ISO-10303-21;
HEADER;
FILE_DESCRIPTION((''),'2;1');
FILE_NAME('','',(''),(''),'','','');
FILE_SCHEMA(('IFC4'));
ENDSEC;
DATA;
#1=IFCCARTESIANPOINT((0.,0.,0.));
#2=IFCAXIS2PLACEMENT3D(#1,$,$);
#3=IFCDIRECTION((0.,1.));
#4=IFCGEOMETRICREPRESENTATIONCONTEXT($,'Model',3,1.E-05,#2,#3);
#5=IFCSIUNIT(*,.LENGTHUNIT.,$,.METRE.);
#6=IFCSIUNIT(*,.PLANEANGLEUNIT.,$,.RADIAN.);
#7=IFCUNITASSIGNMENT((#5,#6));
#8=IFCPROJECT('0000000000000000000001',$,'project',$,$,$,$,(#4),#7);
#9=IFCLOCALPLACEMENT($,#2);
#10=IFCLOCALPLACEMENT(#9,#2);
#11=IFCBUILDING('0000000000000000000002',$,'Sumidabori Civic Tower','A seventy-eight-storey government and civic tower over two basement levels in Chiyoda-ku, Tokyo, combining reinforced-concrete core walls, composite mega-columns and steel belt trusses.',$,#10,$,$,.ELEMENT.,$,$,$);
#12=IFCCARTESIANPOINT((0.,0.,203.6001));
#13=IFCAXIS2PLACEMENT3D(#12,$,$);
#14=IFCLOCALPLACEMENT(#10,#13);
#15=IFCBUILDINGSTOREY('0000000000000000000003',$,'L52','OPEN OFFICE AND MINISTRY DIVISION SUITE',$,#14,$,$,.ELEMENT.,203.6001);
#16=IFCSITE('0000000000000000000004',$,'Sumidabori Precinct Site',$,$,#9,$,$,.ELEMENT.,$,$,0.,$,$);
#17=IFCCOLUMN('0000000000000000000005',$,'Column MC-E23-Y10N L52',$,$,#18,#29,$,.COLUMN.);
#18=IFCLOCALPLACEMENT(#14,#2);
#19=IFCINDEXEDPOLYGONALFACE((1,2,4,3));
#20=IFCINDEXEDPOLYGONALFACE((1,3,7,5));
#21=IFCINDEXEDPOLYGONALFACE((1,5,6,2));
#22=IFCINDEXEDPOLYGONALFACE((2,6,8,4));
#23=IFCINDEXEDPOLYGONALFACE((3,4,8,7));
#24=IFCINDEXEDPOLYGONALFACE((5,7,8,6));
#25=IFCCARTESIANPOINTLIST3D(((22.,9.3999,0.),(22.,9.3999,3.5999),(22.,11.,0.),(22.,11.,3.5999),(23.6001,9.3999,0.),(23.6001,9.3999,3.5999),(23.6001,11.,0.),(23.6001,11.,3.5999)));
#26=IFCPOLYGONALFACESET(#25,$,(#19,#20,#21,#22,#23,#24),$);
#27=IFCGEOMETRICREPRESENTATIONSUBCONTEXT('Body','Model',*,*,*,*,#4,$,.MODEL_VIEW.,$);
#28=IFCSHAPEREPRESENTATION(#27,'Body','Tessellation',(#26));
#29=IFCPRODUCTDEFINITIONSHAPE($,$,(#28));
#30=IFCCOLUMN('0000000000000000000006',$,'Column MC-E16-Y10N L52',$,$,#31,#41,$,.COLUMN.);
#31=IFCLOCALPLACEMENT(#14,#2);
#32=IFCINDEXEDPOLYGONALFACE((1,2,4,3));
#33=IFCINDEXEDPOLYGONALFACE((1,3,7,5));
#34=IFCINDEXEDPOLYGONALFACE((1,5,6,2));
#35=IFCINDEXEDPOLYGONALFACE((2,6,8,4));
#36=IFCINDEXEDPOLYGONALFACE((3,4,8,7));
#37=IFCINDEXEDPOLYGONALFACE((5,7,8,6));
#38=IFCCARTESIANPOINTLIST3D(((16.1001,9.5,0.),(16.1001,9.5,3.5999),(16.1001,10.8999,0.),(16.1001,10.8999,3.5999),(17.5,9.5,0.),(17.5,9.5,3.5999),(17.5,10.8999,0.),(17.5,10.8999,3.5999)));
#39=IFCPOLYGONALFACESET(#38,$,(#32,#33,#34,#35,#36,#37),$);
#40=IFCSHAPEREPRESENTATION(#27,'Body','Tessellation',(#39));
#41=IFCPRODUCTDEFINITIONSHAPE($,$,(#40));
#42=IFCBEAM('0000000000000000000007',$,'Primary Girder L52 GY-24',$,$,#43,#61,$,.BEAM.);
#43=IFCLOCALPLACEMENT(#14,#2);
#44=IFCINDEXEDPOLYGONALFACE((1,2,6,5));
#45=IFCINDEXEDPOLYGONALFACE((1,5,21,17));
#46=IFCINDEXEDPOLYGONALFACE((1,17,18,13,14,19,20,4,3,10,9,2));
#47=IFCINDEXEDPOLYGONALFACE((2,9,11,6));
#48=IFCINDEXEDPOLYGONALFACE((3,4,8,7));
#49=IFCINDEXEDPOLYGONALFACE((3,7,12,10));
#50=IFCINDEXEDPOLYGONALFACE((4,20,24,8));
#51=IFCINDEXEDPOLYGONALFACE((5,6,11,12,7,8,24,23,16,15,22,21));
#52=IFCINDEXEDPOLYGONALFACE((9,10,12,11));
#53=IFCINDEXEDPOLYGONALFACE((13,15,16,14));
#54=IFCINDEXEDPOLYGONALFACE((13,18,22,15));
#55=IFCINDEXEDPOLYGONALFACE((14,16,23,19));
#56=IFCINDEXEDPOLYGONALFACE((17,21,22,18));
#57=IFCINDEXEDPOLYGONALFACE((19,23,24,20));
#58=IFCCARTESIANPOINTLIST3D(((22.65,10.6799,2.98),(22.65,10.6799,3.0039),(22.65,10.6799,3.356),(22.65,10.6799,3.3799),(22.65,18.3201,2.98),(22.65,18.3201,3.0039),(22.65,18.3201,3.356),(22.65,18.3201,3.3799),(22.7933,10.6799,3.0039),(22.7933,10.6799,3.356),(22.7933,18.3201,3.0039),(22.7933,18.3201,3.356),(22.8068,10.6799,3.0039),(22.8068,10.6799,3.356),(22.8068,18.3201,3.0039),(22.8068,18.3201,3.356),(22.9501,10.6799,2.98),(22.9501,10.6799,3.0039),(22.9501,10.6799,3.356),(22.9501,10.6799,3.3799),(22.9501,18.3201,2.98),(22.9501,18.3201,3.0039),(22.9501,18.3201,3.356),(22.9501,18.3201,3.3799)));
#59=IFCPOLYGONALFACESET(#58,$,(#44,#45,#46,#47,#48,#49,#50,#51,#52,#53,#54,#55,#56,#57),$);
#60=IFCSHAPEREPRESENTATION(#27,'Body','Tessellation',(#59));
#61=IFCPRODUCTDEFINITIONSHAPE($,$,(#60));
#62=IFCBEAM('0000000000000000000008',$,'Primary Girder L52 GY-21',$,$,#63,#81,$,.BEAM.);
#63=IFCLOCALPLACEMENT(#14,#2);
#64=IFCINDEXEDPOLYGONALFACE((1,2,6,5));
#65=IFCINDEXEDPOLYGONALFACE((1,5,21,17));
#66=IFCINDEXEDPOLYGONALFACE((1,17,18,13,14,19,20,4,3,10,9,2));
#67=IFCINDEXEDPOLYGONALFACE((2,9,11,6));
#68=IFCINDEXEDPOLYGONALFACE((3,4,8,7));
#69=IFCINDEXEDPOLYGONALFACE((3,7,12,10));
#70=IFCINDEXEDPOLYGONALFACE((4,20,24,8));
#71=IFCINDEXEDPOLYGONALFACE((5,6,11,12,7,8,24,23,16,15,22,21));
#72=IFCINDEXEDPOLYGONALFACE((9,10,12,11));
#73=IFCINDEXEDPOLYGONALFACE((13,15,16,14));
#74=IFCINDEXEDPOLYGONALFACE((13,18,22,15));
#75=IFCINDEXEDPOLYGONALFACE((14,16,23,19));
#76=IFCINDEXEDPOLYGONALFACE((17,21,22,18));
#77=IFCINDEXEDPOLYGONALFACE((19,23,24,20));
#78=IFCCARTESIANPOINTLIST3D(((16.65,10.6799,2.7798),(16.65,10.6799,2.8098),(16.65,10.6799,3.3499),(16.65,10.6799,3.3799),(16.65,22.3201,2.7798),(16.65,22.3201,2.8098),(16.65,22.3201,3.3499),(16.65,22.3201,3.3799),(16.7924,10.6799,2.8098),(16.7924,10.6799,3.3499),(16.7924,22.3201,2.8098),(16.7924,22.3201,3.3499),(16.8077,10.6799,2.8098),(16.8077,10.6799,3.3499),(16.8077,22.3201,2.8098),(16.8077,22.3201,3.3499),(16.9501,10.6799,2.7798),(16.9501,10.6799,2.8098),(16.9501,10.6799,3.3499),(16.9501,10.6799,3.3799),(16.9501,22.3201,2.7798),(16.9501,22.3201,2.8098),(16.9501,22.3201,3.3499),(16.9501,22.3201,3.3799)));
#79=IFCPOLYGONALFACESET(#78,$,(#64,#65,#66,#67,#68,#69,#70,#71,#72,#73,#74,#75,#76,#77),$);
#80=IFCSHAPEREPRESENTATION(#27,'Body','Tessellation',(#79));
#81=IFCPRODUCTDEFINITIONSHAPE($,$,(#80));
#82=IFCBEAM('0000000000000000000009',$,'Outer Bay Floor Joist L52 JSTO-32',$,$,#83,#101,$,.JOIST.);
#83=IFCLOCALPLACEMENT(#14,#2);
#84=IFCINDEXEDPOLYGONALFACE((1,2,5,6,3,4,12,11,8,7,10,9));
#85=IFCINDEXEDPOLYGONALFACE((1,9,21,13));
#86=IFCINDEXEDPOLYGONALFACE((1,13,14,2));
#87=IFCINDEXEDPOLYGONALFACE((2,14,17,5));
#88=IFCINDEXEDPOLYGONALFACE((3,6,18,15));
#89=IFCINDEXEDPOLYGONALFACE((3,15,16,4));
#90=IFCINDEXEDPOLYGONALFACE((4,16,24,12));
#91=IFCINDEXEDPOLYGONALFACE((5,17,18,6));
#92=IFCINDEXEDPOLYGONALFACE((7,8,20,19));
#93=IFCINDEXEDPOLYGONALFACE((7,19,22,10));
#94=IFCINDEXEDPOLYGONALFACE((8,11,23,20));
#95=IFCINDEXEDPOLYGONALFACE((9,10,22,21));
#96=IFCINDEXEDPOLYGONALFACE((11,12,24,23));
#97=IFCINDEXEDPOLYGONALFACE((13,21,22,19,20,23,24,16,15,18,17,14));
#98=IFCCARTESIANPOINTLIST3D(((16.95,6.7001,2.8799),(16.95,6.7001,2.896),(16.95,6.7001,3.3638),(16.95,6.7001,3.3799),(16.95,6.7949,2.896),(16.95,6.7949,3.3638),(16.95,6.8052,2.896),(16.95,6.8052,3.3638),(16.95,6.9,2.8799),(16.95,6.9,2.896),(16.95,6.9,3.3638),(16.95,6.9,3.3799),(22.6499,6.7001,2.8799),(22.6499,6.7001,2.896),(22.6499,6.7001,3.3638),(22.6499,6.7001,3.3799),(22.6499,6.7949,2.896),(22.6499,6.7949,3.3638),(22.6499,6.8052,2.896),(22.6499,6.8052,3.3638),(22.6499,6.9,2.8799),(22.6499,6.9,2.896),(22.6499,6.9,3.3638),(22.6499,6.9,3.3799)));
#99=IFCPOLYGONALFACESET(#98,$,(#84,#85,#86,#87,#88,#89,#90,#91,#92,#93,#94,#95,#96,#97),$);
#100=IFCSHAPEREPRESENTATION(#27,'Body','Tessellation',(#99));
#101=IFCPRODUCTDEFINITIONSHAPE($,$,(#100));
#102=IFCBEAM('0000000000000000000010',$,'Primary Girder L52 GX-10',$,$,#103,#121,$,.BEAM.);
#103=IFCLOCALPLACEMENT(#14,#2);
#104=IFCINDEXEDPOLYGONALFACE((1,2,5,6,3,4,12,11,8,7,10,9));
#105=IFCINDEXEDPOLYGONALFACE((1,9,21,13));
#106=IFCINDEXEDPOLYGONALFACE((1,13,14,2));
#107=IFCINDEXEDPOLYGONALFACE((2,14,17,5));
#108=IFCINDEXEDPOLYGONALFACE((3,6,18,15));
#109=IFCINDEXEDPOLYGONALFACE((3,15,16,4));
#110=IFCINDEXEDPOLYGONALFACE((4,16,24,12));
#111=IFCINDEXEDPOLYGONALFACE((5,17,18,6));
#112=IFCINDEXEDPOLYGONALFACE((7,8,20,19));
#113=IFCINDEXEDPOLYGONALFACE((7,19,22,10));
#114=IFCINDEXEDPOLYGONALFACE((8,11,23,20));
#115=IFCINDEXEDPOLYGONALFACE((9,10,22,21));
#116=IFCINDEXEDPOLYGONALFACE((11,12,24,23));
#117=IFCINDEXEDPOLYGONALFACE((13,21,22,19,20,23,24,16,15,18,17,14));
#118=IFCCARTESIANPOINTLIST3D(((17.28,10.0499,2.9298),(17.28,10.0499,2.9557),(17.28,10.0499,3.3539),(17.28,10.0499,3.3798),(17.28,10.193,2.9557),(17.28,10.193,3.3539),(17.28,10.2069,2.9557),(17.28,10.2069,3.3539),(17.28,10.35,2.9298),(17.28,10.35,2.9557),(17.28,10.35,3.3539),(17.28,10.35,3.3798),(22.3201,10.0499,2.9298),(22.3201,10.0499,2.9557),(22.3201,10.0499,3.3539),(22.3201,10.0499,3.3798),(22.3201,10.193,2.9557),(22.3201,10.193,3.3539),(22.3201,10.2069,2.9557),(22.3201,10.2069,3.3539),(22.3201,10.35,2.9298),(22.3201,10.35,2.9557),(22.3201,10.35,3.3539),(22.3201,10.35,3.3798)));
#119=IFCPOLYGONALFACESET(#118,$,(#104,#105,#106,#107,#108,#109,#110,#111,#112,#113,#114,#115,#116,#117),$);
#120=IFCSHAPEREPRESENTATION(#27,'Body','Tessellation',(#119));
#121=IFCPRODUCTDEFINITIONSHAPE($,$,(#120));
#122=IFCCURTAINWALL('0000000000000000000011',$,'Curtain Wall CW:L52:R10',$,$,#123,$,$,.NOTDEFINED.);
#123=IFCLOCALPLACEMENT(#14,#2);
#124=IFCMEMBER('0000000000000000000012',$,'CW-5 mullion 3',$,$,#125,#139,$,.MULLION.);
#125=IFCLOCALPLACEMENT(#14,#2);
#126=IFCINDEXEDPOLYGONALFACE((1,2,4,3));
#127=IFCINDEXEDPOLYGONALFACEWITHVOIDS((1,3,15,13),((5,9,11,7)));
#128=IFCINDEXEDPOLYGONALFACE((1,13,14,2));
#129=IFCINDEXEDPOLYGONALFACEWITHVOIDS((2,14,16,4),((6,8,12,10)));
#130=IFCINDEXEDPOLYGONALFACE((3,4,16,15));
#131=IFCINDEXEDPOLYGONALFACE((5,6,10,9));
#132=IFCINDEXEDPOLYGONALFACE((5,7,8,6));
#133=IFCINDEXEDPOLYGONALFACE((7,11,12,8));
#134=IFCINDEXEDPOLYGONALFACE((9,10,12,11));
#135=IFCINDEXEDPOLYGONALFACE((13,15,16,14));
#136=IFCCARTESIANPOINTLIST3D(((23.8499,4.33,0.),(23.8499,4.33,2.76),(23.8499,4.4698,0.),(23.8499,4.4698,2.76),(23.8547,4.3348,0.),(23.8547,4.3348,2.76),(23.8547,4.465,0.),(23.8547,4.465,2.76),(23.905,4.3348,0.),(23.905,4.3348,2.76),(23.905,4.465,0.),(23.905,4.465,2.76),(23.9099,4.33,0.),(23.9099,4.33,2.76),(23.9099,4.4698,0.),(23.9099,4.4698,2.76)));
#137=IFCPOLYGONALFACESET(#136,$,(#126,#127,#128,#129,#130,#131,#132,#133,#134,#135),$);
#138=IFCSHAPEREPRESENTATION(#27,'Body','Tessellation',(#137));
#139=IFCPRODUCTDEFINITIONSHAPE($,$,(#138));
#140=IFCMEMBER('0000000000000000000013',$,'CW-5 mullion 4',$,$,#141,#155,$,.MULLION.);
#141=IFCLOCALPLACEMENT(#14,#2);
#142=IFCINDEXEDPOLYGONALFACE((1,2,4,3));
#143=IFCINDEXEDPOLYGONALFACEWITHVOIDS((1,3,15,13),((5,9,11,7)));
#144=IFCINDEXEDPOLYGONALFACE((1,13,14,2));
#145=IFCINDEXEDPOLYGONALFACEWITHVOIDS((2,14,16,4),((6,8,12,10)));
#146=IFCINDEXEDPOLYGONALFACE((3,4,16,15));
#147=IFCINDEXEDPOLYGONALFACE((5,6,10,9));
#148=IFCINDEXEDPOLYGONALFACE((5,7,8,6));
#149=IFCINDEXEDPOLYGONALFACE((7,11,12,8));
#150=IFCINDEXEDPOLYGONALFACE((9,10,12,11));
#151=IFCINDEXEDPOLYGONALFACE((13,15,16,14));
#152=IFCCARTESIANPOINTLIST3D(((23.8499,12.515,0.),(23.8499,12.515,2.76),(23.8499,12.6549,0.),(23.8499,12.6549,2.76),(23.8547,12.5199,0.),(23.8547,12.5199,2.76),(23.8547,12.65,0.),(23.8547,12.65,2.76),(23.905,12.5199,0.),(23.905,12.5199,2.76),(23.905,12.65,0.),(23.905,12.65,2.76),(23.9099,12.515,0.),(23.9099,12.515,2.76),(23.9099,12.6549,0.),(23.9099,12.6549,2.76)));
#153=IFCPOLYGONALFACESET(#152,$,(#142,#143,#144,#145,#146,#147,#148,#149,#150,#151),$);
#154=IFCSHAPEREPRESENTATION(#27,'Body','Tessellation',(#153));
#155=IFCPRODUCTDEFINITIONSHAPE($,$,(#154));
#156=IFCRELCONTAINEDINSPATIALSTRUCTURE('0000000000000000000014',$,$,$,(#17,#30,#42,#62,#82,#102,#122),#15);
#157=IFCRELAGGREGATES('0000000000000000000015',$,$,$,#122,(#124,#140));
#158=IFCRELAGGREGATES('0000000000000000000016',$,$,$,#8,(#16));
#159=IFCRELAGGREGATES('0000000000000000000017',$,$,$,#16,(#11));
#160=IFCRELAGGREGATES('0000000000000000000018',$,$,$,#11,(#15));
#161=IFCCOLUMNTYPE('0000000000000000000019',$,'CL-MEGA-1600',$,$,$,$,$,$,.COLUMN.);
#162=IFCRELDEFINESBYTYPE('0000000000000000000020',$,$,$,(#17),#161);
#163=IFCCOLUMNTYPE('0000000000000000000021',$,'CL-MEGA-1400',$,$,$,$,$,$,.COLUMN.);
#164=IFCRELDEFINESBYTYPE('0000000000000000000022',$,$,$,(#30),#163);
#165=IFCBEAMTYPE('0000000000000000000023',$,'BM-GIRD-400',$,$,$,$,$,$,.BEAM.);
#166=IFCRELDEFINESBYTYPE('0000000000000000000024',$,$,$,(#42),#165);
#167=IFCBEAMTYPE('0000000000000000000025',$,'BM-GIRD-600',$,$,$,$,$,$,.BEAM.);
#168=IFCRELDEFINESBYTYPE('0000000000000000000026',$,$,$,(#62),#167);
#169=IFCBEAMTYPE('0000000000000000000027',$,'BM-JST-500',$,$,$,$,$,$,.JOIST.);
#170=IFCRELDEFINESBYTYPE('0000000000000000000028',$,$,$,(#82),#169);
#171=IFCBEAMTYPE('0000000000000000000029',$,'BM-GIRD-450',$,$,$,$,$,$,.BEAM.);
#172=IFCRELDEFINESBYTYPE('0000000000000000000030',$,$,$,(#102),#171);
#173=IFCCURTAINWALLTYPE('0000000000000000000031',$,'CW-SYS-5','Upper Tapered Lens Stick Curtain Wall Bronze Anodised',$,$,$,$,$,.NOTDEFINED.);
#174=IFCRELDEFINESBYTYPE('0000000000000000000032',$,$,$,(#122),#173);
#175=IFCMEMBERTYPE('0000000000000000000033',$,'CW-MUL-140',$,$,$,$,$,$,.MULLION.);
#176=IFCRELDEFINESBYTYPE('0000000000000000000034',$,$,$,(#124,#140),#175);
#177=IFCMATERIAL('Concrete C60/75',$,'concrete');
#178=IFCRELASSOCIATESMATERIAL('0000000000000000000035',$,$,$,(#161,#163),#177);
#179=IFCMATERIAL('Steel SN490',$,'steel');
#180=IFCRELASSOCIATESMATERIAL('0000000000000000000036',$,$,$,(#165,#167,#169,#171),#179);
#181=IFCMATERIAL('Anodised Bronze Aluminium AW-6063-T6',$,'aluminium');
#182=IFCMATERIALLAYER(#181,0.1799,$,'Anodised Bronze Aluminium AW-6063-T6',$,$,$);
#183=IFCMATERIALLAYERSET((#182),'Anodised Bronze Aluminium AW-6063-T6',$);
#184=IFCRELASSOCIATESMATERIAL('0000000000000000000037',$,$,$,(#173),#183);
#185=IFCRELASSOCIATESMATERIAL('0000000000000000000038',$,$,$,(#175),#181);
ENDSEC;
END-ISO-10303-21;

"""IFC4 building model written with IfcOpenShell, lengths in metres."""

from ifc_helpers import new_model, si_unit, direction, frame, origin, origin_2d, place, context, subcontext, project, spatial, rectangle, hollow_rectangle, i_section, extrude, source, transform, mapped, material, layer, layer_set, material_profile, profile_set, type_object, element, aggregate, save


model = new_model("IFC4")

# Units and contexts
model_context = context("Model", 3, precision=1e-05, world=origin(), true_north=direction((0.0, 1.0)))
body_context = subcontext(model_context, "Body", "Model", "MODEL_VIEW")
ifc_project = project(units=[si_unit("LENGTHUNIT", "METRE"), si_unit("PLANEANGLEUNIT", "RADIAN")], contexts=[model_context])

# Site, building, storey
site_placement = place(None, origin())
site = spatial("IfcSite", under=ifc_project, at=site_placement, Name="Sumidabori Precinct Site", CompositionType="ELEMENT", RefElevation=0.0)
building_placement = place(site_placement, origin())
building = spatial("IfcBuilding", under=site, at=building_placement, Name="Sumidabori Civic Tower", Description="A seventy-eight-storey government and civic tower over two basement levels in Chiyoda-ku, Tokyo, combining reinforced-concrete core walls, composite mega-columns and steel belt trusses.", CompositionType="ELEMENT")
storey_placement = place(building_placement, frame((0.0, 0.0, 203.6001)))
storey = spatial("IfcBuildingStorey", under=building, at=storey_placement, Name="L52", Description="OPEN OFFICE AND MINISTRY DIVISION SUITE", CompositionType="ELEMENT", Elevation=203.6001)

# Columns
ifc_material_1 = material(Name="Concrete C60/75", Category="concrete")
ifc_material_profile_1 = material_profile(ifc_material_1, rectangle(XDim=1.6001, YDim=1.6001, at=origin_2d()), Name="RC 1600x1600")
ifc_profile_set_1 = profile_set([ifc_material_profile_1], Name="Concrete C60/75")
column_type_1 = type_object("IfcColumnType", Name="CL-MEGA-1600", PredefinedType="COLUMN", material=ifc_profile_set_1)
shared_shape_1 = source(origin(), body_context, "Body", "SweptSolid", [
    extrude(rectangle(XDim=1.6001, YDim=1.6001, at=origin_2d()), origin(), (0.0, 0.0, 1.0), 3.5999),
])
column_1_placement = place(storey_placement, frame((22.8, 10.2, 0.0), z_axis=(0.0, 0.0, 1.0), x_axis=(1.0, 0.0, 0.0)))
element("IfcColumn", 1, at=column_1_placement, inside=storey, type_object=column_type_1, Name="Column MC-E23-Y10N L52", PredefinedType="COLUMN", context=body_context, shape_type="MappedRepresentation", body=[
    mapped(shared_shape_1, transform((0.0, 0.0, 0.0), x_axis=(1.0, 0.0, 0.0), y_axis=(0.0, 1.0, 0.0), z_axis=(0.0, 0.0, 1.0), scale=1.0)),
])
ifc_material_profile_2 = material_profile(ifc_material_1, rectangle(XDim=1.3999, YDim=1.3999, at=origin_2d()), Name="RC 1400x1400")
ifc_profile_set_2 = profile_set([ifc_material_profile_2], Name="Concrete C60/75")
column_type_2 = type_object("IfcColumnType", Name="CL-MEGA-1400", PredefinedType="COLUMN", material=ifc_profile_set_2)
shared_shape_2 = source(origin(), body_context, "Body", "SweptSolid", [
    extrude(rectangle(XDim=1.3999, YDim=1.3999, at=origin_2d()), origin(), (0.0, 0.0, 1.0), 3.5999),
])
column_2_placement = place(storey_placement, frame((16.8, 10.2, 0.0), z_axis=(0.0, 0.0, 1.0), x_axis=(1.0, 0.0, 0.0)))
element("IfcColumn", 2, at=column_2_placement, inside=storey, type_object=column_type_2, Name="Column MC-E16-Y10N L52", PredefinedType="COLUMN", context=body_context, shape_type="MappedRepresentation", body=[
    mapped(shared_shape_2, transform((0.0, 0.0, 0.0), x_axis=(1.0, 0.0, 0.0), y_axis=(0.0, 1.0, 0.0), z_axis=(0.0, 0.0, 1.0), scale=1.0)),
])

# Beams
ifc_material_2 = material(Name="Steel SN490", Category="steel")
ifc_material_profile_3 = material_profile(ifc_material_2, i_section(OverallWidth=0.3, OverallDepth=0.3999, WebThickness=0.0134, FlangeThickness=0.0239, at=origin_2d()), Name="HE 400 B")
ifc_profile_set_3 = profile_set([ifc_material_profile_3], Name="Steel SN490")
beam_type_1 = type_object("IfcBeamType", Name="BM-GIRD-400", PredefinedType="BEAM", material=ifc_profile_set_3)
shared_shape_3 = source(origin(), body_context, "Body", "SweptSolid", [
    extrude(i_section(OverallWidth=0.3, OverallDepth=0.3999, WebThickness=0.0134, FlangeThickness=0.0239, at=origin_2d()), origin(), (0.0, 0.0, 1.0), 7.6401),
])
beam_1_placement = place(storey_placement, frame((22.8, 10.6799, 3.1799), z_axis=(0.0, 1.0, 0.0), x_axis=(-1.0, 0.0, 0.0)))
element("IfcBeam", 3, at=beam_1_placement, inside=storey, type_object=beam_type_1, Name="Primary Girder L52 GY-24", PredefinedType="BEAM", context=body_context, shape_type="MappedRepresentation", body=[
    mapped(shared_shape_3, transform((0.0, 0.0, 0.0), x_axis=(1.0, 0.0, 0.0), y_axis=(0.0, 1.0, 0.0), z_axis=(0.0, 0.0, 1.0), scale=1.0)),
])
ifc_material_profile_4 = material_profile(ifc_material_2, i_section(OverallWidth=0.3, OverallDepth=0.6001, WebThickness=0.0154, FlangeThickness=0.03, at=origin_2d()), Name="HE 600 B")
ifc_profile_set_4 = profile_set([ifc_material_profile_4], Name="Steel SN490")
beam_type_2 = type_object("IfcBeamType", Name="BM-GIRD-600", PredefinedType="BEAM", material=ifc_profile_set_4)
shared_shape_4 = source(origin(), body_context, "Body", "SweptSolid", [
    extrude(i_section(OverallWidth=0.3, OverallDepth=0.6001, WebThickness=0.0154, FlangeThickness=0.03, at=origin_2d()), origin(), (0.0, 0.0, 1.0), 11.6401),
])
beam_2_placement = place(storey_placement, frame((16.8, 10.6799, 3.0798), z_axis=(0.0, 1.0, 0.0), x_axis=(-1.0, 0.0, 0.0)))
element("IfcBeam", 4, at=beam_2_placement, inside=storey, type_object=beam_type_2, Name="Primary Girder L52 GY-21", PredefinedType="BEAM", context=body_context, shape_type="MappedRepresentation", body=[
    mapped(shared_shape_4, transform((0.0, 0.0, 0.0), x_axis=(1.0, 0.0, 0.0), y_axis=(0.0, 1.0, 0.0), z_axis=(0.0, 0.0, 1.0), scale=1.0)),
])
ifc_material_profile_5 = material_profile(ifc_material_2, i_section(OverallWidth=0.2, OverallDepth=0.5, WebThickness=0.0103, FlangeThickness=0.0161, at=origin_2d()), Name="IPE 500")
ifc_profile_set_5 = profile_set([ifc_material_profile_5], Name="Steel SN490")
beam_type_3 = type_object("IfcBeamType", Name="BM-JST-500", PredefinedType="JOIST", material=ifc_profile_set_5)
shared_shape_5 = source(origin(), body_context, "Body", "SweptSolid", [
    extrude(i_section(OverallWidth=0.2, OverallDepth=0.5, WebThickness=0.0103, FlangeThickness=0.0161, at=origin_2d()), origin(), (0.0, 0.0, 1.0), 5.7),
])
beam_3_placement = place(storey_placement, frame((16.95, 6.8, 3.1299), z_axis=(1.0, 0.0, 0.0), x_axis=(0.0, 1.0, 0.0)))
element("IfcBeam", 5, at=beam_3_placement, inside=storey, type_object=beam_type_3, Name="Outer Bay Floor Joist L52 JSTO-32", PredefinedType="JOIST", context=body_context, shape_type="MappedRepresentation", body=[
    mapped(shared_shape_5, transform((0.0, 0.0, 0.0), x_axis=(1.0, 0.0, 0.0), y_axis=(0.0, 1.0, 0.0), z_axis=(0.0, 0.0, 1.0), scale=1.0)),
])
ifc_material_profile_6 = material_profile(ifc_material_2, i_section(OverallWidth=0.3, OverallDepth=0.45, WebThickness=0.0139, FlangeThickness=0.0259, at=origin_2d()), Name="HE 450 B")
ifc_profile_set_6 = profile_set([ifc_material_profile_6], Name="Steel SN490")
beam_type_4 = type_object("IfcBeamType", Name="BM-GIRD-450", PredefinedType="BEAM", material=ifc_profile_set_6)
shared_shape_6 = source(origin(), body_context, "Body", "SweptSolid", [
    extrude(i_section(OverallWidth=0.3, OverallDepth=0.45, WebThickness=0.0139, FlangeThickness=0.0259, at=origin_2d()), origin(), (0.0, 0.0, 1.0), 5.04),
])
beam_4_placement = place(storey_placement, frame((17.28, 10.2, 3.1548), z_axis=(1.0, 0.0, 0.0), x_axis=(0.0, 1.0, 0.0)))
element("IfcBeam", 6, at=beam_4_placement, inside=storey, type_object=beam_type_4, Name="Primary Girder L52 GX-10", PredefinedType="BEAM", context=body_context, shape_type="MappedRepresentation", body=[
    mapped(shared_shape_6, transform((0.0, 0.0, 0.0), x_axis=(1.0, 0.0, 0.0), y_axis=(0.0, 1.0, 0.0), z_axis=(0.0, 0.0, 1.0), scale=1.0)),
])

# Curtain wall, members
ifc_material_3 = material(Name="Anodised Bronze Aluminium AW-6063-T6", Category="aluminium")
ifc_layer_1 = layer(ifc_material_3, 0.1799, Name="Anodised Bronze Aluminium AW-6063-T6")
ifc_layer_set_1 = layer_set([ifc_layer_1], Name="Anodised Bronze Aluminium AW-6063-T6")
curtain_wall_type = type_object("IfcCurtainWallType", Name="CW-SYS-5", Description="Upper Tapered Lens Stick Curtain Wall Bronze Anodised", PredefinedType="NOTDEFINED", material=ifc_layer_set_1)
curtain_wall_placement = place(storey_placement, origin())
curtain_wall = element("IfcCurtainWall", 7, at=curtain_wall_placement, inside=storey, type_object=curtain_wall_type, Name="Curtain Wall CW:L52:R10", PredefinedType="NOTDEFINED")
ifc_material_profile_7 = material_profile(ifc_material_3, hollow_rectangle(XDim=0.0601, YDim=0.1399, WallThickness=0.0049, at=origin_2d()), Name="ALU MULLION 140x60")
ifc_profile_set_7 = profile_set([ifc_material_profile_7], Name="Anodised Bronze Aluminium AW-6063-T6")
member_type_1 = type_object("IfcMemberType", Name="CW-MUL-140", PredefinedType="MULLION", material=ifc_profile_set_7)
shared_shape_7 = source(origin(), body_context, "Body", "SweptSolid", [
    extrude(hollow_rectangle(XDim=0.0601, YDim=0.1399, WallThickness=0.0049, at=origin_2d()), origin(), (0.0, 0.0, 1.0), 2.76),
])
member_1_placement = place(storey_placement, frame((23.8799, 4.3999, 0.0), z_axis=(0.0, 0.0, 1.0), x_axis=(-1.0, 0.0, 0.0)))
member_1 = element("IfcMember", 8, at=member_1_placement, type_object=member_type_1, Name="CW-5 mullion 3", PredefinedType="MULLION", context=body_context, shape_type="MappedRepresentation", body=[
    mapped(shared_shape_7, transform((0.0, 0.0, 0.0), x_axis=(1.0, 0.0, 0.0), y_axis=(0.0, 1.0, 0.0), z_axis=(0.0, 0.0, 1.0), scale=1.0)),
])
member_2_placement = place(storey_placement, frame((23.8799, 12.585, 0.0), z_axis=(0.0, 0.0, 1.0), x_axis=(-1.0, 0.0, 0.0)))
member_2 = element("IfcMember", 9, at=member_2_placement, type_object=member_type_1, Name="CW-5 mullion 4", PredefinedType="MULLION", context=body_context, shape_type="MappedRepresentation", body=[
    mapped(shared_shape_7, transform((0.0, 0.0, 0.0), x_axis=(1.0, 0.0, 0.0), y_axis=(0.0, 1.0, 0.0), z_axis=(0.0, 0.0, 1.0), scale=1.0)),
])
aggregate(curtain_wall, [member_1, member_2])

save(model, "model.ifc")
